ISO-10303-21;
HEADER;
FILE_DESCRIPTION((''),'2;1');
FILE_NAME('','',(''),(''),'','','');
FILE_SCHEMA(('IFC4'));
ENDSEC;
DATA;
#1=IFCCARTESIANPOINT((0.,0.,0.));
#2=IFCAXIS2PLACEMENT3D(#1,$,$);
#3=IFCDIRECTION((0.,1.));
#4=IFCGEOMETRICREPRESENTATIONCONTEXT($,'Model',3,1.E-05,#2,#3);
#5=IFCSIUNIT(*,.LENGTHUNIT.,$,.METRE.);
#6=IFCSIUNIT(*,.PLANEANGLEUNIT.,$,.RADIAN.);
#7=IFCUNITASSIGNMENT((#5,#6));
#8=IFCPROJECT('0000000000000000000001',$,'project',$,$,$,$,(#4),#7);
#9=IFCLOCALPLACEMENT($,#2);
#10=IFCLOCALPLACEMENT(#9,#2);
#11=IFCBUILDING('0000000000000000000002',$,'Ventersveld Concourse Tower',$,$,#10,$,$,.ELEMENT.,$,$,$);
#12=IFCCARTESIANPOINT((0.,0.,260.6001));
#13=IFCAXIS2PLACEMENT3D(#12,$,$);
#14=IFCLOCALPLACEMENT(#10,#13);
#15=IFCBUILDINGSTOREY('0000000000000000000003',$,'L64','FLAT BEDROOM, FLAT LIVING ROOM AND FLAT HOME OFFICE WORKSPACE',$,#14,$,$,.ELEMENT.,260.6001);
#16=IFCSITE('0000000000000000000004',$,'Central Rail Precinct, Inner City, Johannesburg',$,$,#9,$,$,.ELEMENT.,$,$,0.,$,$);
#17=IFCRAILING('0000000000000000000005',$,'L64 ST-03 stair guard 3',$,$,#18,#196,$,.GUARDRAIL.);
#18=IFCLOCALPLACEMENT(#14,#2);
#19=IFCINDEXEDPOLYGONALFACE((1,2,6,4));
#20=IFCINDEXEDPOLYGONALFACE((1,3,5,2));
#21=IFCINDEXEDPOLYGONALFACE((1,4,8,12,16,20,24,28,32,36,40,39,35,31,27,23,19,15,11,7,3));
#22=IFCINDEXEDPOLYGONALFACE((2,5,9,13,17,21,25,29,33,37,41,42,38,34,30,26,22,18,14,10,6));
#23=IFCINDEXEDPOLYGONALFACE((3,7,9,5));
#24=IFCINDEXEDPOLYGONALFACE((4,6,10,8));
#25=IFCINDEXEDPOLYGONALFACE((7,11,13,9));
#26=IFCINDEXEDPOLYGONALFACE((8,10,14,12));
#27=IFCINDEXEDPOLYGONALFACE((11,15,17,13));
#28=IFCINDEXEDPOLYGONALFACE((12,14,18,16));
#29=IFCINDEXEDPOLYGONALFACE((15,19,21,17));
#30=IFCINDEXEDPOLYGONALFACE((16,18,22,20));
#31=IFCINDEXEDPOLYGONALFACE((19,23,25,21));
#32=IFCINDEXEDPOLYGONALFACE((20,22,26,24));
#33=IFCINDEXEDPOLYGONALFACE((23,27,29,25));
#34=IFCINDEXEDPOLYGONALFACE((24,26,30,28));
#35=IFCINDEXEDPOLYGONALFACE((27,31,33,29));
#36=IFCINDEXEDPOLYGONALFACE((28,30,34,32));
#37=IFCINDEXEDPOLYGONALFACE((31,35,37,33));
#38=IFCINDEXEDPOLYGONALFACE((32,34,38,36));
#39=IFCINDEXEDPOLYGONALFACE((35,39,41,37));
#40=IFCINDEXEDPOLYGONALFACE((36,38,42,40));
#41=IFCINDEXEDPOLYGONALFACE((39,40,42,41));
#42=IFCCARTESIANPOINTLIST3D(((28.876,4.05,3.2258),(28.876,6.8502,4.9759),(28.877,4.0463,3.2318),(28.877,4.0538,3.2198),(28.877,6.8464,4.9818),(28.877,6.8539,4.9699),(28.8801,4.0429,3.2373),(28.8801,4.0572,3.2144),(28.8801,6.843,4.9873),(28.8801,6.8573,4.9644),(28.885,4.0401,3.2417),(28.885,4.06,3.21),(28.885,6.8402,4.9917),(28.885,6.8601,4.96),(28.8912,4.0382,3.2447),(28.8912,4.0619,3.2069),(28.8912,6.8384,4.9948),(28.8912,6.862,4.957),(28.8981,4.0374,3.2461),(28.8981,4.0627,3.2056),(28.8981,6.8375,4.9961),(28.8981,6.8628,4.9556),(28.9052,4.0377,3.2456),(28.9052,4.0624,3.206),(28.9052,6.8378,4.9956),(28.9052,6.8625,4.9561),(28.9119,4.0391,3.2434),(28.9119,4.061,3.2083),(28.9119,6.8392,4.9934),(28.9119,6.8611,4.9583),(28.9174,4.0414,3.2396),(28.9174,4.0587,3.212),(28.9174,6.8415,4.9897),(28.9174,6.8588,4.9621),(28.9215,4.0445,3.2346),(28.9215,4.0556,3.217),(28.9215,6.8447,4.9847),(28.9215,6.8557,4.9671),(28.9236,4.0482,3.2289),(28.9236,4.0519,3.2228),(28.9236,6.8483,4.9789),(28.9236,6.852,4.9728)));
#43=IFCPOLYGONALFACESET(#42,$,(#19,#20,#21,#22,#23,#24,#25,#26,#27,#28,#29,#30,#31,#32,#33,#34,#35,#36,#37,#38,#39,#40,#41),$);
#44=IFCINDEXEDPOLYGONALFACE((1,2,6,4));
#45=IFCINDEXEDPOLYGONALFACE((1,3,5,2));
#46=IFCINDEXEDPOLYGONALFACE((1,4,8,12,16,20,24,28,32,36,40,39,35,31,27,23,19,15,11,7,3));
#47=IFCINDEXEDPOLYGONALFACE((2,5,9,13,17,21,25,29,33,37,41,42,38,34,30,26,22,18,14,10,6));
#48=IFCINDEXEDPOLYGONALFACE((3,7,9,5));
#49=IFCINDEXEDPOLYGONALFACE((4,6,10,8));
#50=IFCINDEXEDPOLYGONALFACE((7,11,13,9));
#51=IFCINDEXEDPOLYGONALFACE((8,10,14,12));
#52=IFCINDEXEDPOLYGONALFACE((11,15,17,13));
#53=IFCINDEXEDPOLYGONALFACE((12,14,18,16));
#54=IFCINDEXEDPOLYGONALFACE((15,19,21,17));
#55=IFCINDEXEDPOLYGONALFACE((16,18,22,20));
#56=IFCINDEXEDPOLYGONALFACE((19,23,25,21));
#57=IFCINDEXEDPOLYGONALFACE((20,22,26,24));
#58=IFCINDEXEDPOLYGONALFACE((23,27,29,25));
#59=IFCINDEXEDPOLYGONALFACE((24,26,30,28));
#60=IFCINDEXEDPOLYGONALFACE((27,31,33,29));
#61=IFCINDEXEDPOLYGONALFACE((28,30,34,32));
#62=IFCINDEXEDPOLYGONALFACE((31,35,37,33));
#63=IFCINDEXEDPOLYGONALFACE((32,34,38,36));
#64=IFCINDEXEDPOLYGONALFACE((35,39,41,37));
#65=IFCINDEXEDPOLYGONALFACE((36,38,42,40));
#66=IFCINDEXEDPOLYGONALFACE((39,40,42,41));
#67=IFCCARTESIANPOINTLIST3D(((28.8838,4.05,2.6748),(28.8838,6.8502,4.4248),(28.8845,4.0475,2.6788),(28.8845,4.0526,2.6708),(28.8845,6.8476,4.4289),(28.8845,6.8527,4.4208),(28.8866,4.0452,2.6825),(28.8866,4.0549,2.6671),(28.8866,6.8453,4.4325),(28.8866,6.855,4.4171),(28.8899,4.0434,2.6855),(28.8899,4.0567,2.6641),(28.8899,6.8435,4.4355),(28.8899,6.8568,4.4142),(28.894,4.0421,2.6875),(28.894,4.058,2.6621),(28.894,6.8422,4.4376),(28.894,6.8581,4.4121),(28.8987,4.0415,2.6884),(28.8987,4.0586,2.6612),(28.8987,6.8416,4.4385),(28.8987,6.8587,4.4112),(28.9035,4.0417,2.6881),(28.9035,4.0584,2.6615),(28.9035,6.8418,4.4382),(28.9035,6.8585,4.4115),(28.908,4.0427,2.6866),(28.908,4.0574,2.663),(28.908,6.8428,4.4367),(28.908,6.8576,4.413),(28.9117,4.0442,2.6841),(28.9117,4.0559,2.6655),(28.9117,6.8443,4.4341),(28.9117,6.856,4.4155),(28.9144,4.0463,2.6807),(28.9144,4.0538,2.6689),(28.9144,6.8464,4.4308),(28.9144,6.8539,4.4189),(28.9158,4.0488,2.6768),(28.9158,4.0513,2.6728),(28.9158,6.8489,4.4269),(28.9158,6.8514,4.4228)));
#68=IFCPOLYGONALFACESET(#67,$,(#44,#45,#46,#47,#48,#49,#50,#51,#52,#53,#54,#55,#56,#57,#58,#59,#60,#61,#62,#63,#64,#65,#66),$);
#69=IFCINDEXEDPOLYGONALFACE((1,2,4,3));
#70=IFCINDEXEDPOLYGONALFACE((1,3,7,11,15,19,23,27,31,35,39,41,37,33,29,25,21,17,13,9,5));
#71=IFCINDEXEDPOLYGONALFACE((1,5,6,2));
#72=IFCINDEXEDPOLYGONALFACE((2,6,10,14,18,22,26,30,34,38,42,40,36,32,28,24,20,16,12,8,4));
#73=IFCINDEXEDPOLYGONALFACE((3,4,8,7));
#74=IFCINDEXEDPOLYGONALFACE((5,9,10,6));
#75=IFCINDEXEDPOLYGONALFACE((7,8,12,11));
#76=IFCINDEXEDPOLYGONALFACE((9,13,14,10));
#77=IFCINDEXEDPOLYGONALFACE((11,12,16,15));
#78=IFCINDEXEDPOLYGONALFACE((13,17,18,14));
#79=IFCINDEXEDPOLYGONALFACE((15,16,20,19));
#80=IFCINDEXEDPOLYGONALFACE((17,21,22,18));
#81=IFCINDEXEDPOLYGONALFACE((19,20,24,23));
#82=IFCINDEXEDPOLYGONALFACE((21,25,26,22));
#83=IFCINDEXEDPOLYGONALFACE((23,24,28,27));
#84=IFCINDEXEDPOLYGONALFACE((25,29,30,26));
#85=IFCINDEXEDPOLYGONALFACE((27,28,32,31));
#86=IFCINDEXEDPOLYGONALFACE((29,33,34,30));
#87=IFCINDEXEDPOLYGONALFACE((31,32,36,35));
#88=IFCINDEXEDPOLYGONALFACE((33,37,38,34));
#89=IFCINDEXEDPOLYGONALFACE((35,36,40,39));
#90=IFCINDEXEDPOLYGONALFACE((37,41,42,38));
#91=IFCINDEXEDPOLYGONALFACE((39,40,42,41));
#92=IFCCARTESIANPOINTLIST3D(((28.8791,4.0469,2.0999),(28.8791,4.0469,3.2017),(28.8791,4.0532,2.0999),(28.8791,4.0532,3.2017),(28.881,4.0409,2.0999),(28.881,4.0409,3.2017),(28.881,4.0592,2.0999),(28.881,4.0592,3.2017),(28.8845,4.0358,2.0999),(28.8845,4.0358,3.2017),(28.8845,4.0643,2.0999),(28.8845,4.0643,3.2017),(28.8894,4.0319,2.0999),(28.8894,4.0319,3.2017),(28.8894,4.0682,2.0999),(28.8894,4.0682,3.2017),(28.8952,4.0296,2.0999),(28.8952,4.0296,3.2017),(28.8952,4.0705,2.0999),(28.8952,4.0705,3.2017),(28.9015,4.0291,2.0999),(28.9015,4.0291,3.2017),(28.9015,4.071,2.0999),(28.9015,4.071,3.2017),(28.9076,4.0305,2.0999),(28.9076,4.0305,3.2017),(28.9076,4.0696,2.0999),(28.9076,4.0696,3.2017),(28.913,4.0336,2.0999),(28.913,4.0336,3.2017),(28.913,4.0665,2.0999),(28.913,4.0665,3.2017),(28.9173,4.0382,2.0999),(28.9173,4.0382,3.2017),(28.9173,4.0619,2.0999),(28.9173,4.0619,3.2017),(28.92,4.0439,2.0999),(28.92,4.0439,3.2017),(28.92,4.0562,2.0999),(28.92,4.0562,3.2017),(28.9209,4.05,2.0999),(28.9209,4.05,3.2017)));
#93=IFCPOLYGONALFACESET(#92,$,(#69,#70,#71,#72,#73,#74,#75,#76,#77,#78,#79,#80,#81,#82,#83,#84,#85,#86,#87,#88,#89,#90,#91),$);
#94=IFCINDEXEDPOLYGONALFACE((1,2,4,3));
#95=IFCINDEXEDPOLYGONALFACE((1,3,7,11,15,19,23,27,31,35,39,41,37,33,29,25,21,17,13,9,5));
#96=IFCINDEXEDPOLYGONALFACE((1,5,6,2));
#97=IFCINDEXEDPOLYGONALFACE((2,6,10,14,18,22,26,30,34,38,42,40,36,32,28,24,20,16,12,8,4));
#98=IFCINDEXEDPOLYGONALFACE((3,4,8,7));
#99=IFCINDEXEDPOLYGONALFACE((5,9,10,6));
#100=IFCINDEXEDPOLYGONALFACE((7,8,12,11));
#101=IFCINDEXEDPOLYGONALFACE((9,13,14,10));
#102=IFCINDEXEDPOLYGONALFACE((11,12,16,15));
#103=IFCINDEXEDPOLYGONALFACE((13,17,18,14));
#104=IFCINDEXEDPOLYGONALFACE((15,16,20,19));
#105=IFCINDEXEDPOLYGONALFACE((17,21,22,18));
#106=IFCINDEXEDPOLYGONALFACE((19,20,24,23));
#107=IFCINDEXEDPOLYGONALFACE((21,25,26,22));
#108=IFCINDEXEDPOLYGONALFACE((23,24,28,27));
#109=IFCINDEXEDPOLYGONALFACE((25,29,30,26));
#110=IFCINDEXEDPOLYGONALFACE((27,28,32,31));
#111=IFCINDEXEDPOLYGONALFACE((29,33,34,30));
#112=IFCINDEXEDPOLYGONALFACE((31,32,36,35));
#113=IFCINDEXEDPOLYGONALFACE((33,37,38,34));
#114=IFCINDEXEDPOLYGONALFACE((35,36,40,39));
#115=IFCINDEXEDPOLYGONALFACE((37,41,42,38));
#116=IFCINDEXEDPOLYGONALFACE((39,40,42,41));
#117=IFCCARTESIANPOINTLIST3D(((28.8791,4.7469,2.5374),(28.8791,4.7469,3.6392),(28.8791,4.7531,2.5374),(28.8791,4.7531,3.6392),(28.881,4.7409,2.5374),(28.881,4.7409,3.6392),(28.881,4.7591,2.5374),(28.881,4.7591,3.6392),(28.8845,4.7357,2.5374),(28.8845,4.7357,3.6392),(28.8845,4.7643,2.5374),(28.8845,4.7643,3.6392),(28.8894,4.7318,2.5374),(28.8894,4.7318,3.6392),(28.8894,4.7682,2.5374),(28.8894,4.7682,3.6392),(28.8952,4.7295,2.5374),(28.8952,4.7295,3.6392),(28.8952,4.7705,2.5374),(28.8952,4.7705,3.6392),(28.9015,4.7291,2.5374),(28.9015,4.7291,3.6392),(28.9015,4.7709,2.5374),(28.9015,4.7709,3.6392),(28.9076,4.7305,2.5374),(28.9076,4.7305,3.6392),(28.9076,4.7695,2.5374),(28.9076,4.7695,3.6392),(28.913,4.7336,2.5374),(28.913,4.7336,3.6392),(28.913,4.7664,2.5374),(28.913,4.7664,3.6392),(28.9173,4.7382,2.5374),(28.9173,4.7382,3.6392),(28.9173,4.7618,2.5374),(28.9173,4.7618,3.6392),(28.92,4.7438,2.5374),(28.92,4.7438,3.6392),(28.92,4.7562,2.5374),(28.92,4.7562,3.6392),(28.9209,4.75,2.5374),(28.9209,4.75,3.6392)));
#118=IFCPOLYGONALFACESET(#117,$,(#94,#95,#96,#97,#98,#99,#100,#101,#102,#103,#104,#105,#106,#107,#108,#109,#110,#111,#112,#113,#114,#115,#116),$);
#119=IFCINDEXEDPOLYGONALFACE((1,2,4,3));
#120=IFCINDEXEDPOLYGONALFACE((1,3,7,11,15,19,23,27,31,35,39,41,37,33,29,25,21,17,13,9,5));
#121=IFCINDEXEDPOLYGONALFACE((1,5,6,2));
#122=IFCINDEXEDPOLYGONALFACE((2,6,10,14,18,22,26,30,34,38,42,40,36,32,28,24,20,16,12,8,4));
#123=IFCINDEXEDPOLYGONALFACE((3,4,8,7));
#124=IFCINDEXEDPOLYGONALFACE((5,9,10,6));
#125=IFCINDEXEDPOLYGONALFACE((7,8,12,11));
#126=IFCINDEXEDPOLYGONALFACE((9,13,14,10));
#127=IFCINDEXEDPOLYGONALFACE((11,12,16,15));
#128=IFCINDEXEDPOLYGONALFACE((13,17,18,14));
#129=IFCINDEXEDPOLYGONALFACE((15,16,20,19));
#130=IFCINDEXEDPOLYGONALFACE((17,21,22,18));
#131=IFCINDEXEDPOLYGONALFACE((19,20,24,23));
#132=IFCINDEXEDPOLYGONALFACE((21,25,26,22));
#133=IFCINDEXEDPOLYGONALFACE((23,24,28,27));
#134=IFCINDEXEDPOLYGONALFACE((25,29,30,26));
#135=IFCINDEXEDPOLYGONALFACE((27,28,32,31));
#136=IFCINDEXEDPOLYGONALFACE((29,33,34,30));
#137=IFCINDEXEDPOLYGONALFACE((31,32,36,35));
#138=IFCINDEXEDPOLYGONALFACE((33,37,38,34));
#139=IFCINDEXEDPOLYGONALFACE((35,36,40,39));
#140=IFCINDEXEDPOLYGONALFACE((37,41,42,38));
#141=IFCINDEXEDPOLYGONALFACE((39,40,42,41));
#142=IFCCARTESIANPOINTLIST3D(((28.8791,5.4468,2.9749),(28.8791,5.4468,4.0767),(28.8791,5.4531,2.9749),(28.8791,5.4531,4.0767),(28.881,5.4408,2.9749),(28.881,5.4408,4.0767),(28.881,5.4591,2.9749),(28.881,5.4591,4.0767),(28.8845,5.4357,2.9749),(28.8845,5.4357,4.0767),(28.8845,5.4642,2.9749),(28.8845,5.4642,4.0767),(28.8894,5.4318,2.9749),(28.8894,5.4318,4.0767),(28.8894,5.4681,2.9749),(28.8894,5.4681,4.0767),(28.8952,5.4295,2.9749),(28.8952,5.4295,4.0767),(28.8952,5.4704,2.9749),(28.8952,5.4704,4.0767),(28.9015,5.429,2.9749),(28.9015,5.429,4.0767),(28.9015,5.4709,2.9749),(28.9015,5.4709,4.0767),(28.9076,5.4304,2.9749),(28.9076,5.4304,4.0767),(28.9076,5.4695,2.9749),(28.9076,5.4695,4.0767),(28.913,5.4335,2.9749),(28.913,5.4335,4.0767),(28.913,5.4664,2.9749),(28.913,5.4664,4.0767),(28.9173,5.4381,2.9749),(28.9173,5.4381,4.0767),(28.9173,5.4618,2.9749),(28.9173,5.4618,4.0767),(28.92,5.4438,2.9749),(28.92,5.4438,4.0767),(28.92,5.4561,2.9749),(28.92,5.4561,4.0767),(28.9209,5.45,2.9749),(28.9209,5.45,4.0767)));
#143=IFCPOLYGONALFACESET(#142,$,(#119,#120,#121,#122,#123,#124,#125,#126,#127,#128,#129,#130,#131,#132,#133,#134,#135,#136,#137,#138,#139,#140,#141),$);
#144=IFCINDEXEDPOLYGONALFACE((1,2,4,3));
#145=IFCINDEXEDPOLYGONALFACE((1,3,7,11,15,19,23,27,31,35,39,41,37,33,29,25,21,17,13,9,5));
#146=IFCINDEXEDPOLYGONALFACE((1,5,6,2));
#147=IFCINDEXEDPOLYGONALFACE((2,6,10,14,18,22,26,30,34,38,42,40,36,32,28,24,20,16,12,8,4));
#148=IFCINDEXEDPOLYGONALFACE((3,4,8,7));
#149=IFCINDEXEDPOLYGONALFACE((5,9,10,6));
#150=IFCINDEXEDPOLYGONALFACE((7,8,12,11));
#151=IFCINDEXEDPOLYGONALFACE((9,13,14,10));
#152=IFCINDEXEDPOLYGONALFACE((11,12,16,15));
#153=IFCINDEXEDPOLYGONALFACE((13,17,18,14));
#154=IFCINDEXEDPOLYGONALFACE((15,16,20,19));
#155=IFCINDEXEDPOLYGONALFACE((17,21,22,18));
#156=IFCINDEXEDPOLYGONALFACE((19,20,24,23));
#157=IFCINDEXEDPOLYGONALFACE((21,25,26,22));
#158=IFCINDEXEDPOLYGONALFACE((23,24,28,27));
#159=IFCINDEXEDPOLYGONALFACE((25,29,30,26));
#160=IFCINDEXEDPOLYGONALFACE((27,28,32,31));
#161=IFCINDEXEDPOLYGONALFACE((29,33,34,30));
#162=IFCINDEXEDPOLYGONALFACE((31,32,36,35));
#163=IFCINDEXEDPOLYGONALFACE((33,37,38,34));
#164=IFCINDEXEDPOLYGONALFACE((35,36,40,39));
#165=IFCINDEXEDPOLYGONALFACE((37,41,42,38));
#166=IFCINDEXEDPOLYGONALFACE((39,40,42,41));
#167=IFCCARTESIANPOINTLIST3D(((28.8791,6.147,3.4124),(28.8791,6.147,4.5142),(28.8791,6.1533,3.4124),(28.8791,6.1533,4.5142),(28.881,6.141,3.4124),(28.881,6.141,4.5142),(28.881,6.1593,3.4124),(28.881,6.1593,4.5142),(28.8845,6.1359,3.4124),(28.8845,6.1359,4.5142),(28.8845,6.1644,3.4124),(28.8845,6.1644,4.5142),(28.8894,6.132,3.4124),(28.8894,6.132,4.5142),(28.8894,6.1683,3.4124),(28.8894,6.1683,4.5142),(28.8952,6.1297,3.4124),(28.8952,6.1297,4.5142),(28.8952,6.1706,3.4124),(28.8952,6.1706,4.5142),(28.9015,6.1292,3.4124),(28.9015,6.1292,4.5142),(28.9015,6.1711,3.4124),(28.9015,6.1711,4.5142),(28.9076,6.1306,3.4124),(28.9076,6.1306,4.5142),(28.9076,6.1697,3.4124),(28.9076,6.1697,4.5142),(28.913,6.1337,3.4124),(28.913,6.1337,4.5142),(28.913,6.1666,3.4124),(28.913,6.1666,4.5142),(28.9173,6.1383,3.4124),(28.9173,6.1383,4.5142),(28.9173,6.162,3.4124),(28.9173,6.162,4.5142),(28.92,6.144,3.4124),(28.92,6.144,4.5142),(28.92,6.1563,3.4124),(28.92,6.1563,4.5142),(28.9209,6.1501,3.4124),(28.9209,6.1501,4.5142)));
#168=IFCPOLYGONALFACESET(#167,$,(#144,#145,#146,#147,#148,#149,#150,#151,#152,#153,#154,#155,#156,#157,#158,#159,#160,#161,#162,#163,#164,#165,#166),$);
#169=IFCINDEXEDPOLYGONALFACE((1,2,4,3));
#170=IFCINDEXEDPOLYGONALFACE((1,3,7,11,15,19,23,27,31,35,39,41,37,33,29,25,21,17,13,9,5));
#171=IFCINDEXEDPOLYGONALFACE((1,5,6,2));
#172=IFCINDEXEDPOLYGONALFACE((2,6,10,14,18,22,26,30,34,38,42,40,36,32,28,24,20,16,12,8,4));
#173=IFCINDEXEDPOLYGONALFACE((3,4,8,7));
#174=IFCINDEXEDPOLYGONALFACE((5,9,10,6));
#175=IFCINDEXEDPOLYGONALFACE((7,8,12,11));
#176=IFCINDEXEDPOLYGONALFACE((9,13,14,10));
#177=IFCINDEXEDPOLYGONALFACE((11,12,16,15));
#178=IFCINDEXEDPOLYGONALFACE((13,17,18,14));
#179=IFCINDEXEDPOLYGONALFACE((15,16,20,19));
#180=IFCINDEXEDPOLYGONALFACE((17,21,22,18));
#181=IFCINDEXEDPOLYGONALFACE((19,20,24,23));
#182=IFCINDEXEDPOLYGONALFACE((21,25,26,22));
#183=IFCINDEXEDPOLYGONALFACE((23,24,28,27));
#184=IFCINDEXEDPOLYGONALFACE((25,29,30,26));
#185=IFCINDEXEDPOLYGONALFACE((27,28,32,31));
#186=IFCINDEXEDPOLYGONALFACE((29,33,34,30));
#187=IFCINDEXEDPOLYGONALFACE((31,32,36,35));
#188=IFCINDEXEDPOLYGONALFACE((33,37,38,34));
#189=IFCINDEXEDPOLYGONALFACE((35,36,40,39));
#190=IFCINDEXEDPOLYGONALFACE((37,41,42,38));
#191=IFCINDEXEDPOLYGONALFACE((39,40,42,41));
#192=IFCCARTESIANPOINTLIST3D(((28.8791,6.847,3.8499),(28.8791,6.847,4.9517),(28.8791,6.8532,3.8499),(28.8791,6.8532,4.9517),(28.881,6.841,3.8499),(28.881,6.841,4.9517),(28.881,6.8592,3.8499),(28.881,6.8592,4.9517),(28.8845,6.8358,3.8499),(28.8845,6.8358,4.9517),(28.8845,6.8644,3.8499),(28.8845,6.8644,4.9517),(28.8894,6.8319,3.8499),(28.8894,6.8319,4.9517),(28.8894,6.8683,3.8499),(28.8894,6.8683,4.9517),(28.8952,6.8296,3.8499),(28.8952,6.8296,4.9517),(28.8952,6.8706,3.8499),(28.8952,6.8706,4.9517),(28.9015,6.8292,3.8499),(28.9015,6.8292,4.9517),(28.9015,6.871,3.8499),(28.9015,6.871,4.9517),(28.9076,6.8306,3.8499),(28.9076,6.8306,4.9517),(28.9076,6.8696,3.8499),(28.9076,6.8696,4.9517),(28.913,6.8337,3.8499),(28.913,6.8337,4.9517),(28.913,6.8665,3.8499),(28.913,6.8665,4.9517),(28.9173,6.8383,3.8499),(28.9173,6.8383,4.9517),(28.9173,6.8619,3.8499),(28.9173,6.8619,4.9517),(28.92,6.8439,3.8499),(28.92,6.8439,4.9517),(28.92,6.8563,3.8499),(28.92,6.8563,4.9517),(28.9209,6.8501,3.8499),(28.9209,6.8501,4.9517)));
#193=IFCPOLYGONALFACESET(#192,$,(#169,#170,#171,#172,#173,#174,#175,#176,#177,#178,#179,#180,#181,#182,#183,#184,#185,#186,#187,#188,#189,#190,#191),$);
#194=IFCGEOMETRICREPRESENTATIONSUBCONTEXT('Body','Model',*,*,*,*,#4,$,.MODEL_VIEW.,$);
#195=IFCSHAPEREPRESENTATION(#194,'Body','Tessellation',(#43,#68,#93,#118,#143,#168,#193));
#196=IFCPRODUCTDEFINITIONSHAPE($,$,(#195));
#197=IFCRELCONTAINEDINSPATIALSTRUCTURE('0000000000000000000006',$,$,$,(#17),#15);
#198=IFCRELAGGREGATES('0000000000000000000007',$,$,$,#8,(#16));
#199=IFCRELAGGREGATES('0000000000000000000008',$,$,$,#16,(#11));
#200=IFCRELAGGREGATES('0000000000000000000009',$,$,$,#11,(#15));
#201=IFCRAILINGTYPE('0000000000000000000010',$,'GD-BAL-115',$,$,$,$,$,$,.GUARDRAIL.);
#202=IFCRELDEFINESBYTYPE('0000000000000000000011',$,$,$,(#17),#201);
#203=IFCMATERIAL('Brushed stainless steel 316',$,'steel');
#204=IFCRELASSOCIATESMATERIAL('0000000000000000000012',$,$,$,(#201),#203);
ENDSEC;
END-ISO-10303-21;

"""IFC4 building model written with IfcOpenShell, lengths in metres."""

from ifc_helpers import new_model, si_unit, direction, frame, origin, origin_2d, place, context, subcontext, project, spatial, circle, extrude, material, type_object, element, save


model = new_model("IFC4")

# Units and contexts
model_context = context("Model", 3, precision=1e-05, world=origin(), true_north=direction((0.0, 1.0)))
body_context = subcontext(model_context, "Body", "Model", "MODEL_VIEW")
ifc_project = project(units=[si_unit("LENGTHUNIT", "METRE"), si_unit("PLANEANGLEUNIT", "RADIAN")], contexts=[model_context])

# Site, building, storey
site_placement = place(None, origin())
site = spatial("IfcSite", under=ifc_project, at=site_placement, Name="Central Rail Precinct, Inner City, Johannesburg", CompositionType="ELEMENT", RefElevation=0.0)
building_placement = place(site_placement, origin())
building = spatial("IfcBuilding", under=site, at=building_placement, Name="Ventersveld Concourse Tower", CompositionType="ELEMENT")
storey_placement = place(building_placement, frame((0.0, 0.0, 260.6001)))
storey = spatial("IfcBuildingStorey", under=building, at=storey_placement, Name="L64", Description="FLAT BEDROOM, FLAT LIVING ROOM AND FLAT HOME OFFICE WORKSPACE", CompositionType="ELEMENT", Elevation=260.6001)

# Railing
ifc_material_1 = material(Name="Brushed stainless steel 316", Category="steel")
railing_type_1 = type_object("IfcRailingType", Name="GD-BAL-115", PredefinedType="GUARDRAIL", material=ifc_material_1)
railing_1_placement = place(storey_placement, frame((28.8999, 4.05, 2.0999)))
element("IfcRailing", 1, at=railing_1_placement, inside=storey, type_object=railing_type_1, Name="L64 ST-03 stair guard 3", PredefinedType="GUARDRAIL", context=body_context, shape_type="SweptSolid", body=[
    extrude(circle(Radius=0.0239, at=origin_2d()), frame((0.0, 0.0, 1.126), z_axis=(0.0, 0.848002, 0.529992), x_axis=(-1.0, 0.0, 0.0)), (0.0, 0.0, 1.0), 3.302),
    extrude(circle(Radius=0.0161, at=origin_2d()), frame((0.0, 0.0, 0.575), z_axis=(0.0, 0.848002, 0.529992), x_axis=(-1.0, 0.0, 0.0)), (0.0, 0.0, 1.0), 3.302),
    extrude(circle(Radius=0.021, at=origin_2d()), origin(), (0.0, 0.0, 1.0), 1.1018),
    extrude(circle(Radius=0.021, at=origin_2d()), frame((0.0, 0.7, 0.4375)), (0.0, 0.0, 1.0), 1.1018),
    extrude(circle(Radius=0.021, at=origin_2d()), frame((0.0, 1.3999, 0.875)), (0.0, 0.0, 1.0), 1.1018),
    extrude(circle(Radius=0.021, at=origin_2d()), frame((0.0, 2.1001, 1.3125)), (0.0, 0.0, 1.0), 1.1018),
    extrude(circle(Radius=0.021, at=origin_2d()), frame((0.0, 2.8, 1.75)), (0.0, 0.0, 1.0), 1.1018),
])

save(model, "model.ifc")
